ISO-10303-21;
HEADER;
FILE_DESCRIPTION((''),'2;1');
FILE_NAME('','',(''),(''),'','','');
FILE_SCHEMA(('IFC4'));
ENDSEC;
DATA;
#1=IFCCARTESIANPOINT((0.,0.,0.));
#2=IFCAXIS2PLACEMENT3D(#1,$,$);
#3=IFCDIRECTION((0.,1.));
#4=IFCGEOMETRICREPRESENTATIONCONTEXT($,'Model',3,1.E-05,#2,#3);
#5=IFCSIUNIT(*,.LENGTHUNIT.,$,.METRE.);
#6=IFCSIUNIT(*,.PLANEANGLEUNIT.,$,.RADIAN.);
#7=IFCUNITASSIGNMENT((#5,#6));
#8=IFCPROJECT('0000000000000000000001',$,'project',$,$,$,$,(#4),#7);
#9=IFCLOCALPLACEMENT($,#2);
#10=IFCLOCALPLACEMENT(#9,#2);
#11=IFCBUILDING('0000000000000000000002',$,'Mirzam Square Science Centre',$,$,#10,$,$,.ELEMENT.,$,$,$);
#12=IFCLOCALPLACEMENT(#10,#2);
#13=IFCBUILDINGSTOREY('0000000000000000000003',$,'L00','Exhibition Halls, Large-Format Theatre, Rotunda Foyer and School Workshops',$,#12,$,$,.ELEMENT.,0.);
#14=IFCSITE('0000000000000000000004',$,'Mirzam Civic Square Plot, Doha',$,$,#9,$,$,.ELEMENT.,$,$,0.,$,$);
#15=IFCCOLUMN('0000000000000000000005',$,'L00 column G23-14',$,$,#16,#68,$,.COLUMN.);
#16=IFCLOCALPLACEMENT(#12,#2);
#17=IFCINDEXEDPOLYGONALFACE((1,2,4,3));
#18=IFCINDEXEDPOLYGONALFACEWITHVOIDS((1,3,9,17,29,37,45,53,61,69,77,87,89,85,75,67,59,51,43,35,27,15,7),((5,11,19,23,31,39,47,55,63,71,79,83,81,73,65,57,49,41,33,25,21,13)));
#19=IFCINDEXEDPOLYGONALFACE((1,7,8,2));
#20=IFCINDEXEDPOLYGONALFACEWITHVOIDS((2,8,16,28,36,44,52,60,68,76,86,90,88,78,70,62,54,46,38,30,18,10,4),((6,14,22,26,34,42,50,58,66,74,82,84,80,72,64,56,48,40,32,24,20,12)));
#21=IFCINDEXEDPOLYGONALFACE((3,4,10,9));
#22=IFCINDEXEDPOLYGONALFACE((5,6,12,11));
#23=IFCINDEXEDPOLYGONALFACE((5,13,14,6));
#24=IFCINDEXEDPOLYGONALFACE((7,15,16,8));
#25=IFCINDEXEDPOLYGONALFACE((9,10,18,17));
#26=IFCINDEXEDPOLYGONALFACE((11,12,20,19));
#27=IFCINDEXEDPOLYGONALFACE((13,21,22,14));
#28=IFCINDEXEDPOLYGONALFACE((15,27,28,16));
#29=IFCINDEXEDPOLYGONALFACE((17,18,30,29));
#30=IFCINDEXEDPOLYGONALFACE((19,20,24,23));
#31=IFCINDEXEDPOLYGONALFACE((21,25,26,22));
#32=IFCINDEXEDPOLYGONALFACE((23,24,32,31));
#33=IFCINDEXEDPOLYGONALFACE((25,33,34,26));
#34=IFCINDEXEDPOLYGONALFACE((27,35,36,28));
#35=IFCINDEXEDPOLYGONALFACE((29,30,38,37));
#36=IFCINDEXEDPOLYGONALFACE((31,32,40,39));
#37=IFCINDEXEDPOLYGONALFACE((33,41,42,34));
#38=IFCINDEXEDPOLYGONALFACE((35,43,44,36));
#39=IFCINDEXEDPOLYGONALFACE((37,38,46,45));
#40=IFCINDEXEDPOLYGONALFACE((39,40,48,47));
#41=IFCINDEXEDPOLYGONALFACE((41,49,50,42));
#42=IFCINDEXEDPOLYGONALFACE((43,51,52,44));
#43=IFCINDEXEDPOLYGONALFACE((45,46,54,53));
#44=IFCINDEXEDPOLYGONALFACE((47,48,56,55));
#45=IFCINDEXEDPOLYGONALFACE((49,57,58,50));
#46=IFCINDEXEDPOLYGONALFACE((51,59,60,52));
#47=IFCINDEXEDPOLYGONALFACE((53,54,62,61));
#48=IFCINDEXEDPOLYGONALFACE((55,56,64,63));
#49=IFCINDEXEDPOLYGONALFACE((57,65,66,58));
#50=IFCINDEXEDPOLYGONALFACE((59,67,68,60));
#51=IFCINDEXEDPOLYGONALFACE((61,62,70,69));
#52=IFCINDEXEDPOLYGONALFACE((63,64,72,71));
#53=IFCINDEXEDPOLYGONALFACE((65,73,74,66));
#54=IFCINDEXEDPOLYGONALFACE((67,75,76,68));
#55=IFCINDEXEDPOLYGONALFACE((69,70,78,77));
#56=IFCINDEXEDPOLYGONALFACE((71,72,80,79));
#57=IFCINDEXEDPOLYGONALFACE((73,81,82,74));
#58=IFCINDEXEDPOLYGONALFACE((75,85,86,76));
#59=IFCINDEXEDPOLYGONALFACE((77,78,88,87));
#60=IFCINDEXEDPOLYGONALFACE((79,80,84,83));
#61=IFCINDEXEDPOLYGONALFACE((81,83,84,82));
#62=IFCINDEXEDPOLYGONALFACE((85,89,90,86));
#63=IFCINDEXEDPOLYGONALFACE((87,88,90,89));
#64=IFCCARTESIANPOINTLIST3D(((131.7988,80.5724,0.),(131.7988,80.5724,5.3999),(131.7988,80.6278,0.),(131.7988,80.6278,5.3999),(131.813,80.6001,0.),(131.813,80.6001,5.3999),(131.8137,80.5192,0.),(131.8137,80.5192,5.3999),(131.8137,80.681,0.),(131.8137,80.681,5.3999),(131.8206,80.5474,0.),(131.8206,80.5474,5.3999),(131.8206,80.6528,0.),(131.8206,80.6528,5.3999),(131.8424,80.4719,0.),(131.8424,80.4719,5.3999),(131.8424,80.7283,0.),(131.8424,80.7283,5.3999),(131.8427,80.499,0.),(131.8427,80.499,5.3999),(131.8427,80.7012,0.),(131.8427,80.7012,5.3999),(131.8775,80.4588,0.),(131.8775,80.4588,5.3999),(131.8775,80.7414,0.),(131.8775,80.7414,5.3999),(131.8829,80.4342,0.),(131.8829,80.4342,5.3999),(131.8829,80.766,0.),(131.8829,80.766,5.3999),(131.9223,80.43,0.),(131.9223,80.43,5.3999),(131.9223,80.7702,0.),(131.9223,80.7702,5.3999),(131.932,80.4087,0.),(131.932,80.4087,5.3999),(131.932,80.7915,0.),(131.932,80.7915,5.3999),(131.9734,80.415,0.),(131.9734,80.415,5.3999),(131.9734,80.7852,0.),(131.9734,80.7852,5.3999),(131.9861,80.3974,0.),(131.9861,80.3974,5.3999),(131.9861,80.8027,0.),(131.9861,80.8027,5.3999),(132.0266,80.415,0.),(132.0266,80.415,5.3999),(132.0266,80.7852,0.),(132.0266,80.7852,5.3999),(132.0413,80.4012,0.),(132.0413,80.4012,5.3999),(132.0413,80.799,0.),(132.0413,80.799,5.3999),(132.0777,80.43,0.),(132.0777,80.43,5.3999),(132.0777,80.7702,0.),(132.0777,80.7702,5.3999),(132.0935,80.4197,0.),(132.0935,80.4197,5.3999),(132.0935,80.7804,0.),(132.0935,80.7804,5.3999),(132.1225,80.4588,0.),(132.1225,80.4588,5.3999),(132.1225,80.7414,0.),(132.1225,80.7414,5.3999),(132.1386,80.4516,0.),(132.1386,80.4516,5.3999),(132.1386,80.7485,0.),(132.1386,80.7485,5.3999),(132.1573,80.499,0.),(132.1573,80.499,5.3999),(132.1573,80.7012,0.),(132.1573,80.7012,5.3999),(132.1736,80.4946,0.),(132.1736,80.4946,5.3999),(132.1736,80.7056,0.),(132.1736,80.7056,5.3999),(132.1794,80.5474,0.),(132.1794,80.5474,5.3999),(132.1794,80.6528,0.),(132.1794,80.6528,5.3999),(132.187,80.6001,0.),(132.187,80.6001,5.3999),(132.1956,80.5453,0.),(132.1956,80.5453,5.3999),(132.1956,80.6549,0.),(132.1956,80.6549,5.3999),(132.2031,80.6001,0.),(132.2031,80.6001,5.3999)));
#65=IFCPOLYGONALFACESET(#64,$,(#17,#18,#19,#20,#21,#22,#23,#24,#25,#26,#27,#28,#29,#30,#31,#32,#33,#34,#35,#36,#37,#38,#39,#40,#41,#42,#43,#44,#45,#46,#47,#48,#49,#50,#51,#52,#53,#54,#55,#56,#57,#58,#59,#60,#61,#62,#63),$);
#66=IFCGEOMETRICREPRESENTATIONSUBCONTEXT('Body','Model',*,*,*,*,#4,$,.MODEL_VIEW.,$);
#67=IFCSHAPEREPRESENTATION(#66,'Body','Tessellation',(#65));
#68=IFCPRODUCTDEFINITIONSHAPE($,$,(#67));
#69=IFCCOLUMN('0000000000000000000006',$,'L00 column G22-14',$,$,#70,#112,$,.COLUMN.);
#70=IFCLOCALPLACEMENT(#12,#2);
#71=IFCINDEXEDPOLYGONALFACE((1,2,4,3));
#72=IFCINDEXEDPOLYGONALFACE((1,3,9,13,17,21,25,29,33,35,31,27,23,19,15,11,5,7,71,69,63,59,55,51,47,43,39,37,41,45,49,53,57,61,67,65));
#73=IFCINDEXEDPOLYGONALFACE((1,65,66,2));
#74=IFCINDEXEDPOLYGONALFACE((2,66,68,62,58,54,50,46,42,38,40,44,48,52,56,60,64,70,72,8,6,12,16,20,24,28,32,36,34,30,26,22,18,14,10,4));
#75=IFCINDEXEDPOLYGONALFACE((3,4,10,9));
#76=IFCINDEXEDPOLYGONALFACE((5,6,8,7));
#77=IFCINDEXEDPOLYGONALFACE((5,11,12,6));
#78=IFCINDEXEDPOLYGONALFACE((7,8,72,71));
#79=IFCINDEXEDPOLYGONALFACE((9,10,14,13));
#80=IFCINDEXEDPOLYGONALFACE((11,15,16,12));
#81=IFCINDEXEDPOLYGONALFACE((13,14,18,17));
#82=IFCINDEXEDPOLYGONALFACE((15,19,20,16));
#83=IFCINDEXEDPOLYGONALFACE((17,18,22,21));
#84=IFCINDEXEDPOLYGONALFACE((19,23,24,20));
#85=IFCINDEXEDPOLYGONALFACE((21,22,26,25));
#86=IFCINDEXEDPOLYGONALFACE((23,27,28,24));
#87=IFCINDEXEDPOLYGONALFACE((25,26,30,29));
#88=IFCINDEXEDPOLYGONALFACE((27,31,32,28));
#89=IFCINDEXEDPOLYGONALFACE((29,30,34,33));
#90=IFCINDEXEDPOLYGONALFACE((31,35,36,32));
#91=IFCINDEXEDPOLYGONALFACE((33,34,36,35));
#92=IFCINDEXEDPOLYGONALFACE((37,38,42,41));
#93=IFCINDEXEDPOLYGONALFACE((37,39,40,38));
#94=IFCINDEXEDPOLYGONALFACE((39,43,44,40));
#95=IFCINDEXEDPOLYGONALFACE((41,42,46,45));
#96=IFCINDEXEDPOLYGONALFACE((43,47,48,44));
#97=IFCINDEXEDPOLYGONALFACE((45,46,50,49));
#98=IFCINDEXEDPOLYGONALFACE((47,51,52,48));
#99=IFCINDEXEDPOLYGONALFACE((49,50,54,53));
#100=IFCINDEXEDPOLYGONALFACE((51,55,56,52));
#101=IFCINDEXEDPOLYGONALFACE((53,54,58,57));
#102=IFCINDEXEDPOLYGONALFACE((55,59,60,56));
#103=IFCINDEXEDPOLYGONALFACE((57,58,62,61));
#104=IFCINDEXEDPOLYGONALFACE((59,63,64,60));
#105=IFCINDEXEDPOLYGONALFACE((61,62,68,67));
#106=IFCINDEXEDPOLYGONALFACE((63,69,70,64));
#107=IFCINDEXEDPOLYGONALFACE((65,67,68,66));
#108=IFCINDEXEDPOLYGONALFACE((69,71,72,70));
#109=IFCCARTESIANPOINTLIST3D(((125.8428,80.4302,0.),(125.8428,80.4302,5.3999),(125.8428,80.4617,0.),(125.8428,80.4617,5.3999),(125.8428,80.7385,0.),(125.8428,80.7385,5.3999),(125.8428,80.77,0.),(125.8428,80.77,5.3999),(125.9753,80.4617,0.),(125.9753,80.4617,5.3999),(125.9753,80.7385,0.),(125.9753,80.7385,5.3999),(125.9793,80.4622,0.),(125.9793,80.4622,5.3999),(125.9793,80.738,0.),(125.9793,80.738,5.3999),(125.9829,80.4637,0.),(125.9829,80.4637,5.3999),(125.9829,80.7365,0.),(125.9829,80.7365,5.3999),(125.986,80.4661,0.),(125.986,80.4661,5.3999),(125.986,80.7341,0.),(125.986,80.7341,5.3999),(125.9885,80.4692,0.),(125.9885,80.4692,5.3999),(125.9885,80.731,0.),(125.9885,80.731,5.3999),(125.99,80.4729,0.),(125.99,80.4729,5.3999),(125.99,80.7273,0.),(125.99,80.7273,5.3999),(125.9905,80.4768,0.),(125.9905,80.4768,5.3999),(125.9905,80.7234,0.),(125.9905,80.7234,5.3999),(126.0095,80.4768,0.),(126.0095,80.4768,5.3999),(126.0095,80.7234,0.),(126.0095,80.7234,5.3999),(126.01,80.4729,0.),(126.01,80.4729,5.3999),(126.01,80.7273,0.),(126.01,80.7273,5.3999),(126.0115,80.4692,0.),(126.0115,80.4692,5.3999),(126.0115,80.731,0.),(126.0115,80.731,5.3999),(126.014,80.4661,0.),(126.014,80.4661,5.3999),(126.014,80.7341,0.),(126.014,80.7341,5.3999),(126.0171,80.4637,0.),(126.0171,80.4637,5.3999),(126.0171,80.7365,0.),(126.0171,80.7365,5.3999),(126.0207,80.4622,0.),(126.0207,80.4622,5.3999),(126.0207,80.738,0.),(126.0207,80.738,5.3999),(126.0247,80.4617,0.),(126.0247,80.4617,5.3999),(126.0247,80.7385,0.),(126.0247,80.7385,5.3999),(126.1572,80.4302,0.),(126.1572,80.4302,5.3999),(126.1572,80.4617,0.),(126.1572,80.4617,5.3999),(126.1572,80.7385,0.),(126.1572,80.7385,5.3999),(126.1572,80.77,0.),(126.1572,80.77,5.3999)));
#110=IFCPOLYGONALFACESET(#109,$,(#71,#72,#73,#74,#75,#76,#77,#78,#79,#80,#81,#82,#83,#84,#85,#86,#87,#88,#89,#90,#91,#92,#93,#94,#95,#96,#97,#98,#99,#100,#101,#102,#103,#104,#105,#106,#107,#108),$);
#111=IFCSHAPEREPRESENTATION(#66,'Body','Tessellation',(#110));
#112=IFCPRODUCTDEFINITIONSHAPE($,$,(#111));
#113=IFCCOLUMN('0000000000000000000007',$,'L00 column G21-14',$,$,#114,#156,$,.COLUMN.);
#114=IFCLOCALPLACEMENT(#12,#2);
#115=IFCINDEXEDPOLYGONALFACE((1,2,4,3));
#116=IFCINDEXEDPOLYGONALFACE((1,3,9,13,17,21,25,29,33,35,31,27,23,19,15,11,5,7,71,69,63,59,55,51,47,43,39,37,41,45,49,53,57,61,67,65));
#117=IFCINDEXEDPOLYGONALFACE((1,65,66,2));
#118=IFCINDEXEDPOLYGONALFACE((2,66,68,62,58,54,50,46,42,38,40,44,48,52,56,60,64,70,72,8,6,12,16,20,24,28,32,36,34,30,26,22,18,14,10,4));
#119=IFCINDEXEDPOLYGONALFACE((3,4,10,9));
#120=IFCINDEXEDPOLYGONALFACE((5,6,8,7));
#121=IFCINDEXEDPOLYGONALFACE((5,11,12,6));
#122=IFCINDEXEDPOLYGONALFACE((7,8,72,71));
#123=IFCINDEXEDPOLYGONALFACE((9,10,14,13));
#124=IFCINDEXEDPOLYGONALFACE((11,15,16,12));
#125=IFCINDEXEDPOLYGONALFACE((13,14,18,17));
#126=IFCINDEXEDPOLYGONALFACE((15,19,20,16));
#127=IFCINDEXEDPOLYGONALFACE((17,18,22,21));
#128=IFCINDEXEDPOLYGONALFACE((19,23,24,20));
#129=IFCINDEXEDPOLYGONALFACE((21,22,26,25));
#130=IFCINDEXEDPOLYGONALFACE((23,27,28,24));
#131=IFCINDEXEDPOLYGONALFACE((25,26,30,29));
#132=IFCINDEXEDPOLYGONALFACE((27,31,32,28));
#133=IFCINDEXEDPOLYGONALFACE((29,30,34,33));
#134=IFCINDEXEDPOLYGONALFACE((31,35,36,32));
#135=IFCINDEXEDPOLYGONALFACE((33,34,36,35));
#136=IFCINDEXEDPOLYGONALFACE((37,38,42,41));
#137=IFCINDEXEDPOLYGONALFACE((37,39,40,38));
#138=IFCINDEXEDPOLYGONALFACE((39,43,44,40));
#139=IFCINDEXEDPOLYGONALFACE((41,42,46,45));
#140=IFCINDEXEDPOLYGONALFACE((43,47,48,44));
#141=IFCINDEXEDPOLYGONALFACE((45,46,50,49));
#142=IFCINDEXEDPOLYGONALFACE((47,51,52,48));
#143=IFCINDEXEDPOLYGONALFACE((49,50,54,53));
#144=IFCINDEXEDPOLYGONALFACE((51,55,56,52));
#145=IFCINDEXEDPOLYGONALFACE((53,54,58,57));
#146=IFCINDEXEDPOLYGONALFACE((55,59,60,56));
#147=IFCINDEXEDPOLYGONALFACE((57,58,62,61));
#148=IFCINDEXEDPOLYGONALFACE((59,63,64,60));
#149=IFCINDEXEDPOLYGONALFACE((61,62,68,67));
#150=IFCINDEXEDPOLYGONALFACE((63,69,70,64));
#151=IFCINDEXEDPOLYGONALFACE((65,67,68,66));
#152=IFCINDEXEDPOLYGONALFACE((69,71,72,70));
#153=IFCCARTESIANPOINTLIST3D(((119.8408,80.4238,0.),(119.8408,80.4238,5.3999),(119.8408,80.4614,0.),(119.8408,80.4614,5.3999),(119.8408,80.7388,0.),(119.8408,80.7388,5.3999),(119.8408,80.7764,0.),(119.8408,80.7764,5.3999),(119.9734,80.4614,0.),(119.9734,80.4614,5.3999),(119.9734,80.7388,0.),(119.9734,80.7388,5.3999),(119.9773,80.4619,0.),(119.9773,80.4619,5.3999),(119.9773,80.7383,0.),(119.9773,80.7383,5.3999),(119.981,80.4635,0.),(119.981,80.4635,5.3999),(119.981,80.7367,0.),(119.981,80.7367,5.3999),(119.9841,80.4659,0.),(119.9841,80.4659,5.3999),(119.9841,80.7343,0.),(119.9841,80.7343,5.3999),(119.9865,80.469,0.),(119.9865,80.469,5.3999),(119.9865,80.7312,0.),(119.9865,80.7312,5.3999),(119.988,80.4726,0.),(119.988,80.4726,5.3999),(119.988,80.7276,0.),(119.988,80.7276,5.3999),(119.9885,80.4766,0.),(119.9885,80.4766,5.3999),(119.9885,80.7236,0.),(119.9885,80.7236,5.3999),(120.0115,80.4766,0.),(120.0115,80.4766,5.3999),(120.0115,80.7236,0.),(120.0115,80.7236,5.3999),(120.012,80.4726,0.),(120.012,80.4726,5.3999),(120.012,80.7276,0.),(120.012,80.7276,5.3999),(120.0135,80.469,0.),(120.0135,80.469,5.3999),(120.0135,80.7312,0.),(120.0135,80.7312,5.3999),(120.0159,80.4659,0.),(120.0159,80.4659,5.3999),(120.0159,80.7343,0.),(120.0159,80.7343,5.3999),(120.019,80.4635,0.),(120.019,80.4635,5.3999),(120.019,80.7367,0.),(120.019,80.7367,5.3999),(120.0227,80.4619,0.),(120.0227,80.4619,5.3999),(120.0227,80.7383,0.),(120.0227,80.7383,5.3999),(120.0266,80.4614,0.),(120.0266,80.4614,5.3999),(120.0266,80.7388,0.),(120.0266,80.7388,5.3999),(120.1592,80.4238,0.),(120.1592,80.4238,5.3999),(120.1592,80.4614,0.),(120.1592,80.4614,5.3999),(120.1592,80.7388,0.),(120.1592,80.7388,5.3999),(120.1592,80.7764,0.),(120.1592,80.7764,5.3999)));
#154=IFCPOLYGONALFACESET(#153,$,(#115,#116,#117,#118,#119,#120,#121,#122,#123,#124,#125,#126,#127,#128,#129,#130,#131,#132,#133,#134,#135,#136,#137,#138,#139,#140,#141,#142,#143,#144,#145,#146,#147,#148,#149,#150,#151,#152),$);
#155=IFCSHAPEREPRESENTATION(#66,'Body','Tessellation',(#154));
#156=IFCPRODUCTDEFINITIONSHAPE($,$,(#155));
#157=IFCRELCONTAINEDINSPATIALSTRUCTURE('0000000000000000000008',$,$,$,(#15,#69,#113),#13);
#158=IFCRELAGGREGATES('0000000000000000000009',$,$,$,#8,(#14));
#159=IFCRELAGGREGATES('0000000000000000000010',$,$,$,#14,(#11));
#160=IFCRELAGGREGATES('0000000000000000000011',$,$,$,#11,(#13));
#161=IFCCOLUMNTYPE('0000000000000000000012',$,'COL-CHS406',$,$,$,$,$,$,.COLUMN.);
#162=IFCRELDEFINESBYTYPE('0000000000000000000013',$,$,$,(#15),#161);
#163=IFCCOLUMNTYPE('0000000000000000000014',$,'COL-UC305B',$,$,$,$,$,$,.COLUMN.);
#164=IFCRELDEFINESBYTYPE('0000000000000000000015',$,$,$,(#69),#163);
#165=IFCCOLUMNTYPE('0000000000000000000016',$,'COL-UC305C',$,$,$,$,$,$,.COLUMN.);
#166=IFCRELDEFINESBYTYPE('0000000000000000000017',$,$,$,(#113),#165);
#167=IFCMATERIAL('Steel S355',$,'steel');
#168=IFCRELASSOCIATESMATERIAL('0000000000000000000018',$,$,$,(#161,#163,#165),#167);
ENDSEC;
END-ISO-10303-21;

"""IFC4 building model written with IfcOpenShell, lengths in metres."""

from ifc_helpers import new_model, si_unit, direction, frame, origin, origin_2d, place, context, subcontext, project, spatial, hollow_circle, i_section, extrude, material, material_profile, profile_set, type_object, element, save


model = new_model("IFC4")

# Units and contexts
model_context = context("Model", 3, precision=1e-05, world=origin(), true_north=direction((0.0, 1.0)))
body_context = subcontext(model_context, "Body", "Model", "MODEL_VIEW")
ifc_project = project(units=[si_unit("LENGTHUNIT", "METRE"), si_unit("PLANEANGLEUNIT", "RADIAN")], contexts=[model_context])

# Site, building, storey
site_placement = place(None, origin())
site = spatial("IfcSite", under=ifc_project, at=site_placement, Name="Mirzam Civic Square Plot, Doha", CompositionType="ELEMENT", RefElevation=0.0)
building_placement = place(site_placement, origin())
building = spatial("IfcBuilding", under=site, at=building_placement, Name="Mirzam Square Science Centre", CompositionType="ELEMENT")
storey_placement = place(building_placement, origin())
storey = spatial("IfcBuildingStorey", under=building, at=storey_placement, Name="L00", Description="Exhibition Halls, Large-Format Theatre, Rotunda Foyer and School Workshops", CompositionType="ELEMENT", Elevation=0.0)

# Columns
ifc_material_1 = material(Name="Steel S355", Category="steel")
ifc_material_profile_1 = material_profile(ifc_material_1, hollow_circle(Radius=0.2031, WallThickness=0.0161, at=origin_2d()), Name="406.4x16.0CHS")
ifc_profile_set_1 = profile_set([ifc_material_profile_1], Name="Steel S355")
column_type_1 = type_object("IfcColumnType", Name="COL-CHS406", PredefinedType="COLUMN", material=ifc_profile_set_1)
column_1_placement = place(storey_placement, frame((132.0, 80.6001, 0.0), z_axis=(0.0, 0.0, 1.0), x_axis=(1.0, 0.0, 0.0)))
element("IfcColumn", 1, at=column_1_placement, inside=storey, type_object=column_type_1, Name="L00 column G23-14", PredefinedType="COLUMN", context=body_context, shape_type="SweptSolid", body=[
    extrude(hollow_circle(Radius=0.2031, WallThickness=0.0161, at=origin_2d()), origin(), (0.0, 0.0, 1.0), 5.3999),
])
ifc_material_profile_2 = material_profile(ifc_material_1, i_section(OverallWidth=0.3145, OverallDepth=0.3398, WebThickness=0.019, FlangeThickness=0.0315, FilletRadius=0.0151, at=origin_2d()), Name="305x305x198UC")
ifc_profile_set_2 = profile_set([ifc_material_profile_2], Name="Steel S355")
column_type_2 = type_object("IfcColumnType", Name="COL-UC305B", PredefinedType="COLUMN", material=ifc_profile_set_2)
column_2_placement = place(storey_placement, frame((126.0, 80.6001, 0.0), z_axis=(0.0, 0.0, 1.0), x_axis=(1.0, 0.0, 0.0)))
element("IfcColumn", 2, at=column_2_placement, inside=storey, type_object=column_type_2, Name="L00 column G22-14", PredefinedType="COLUMN", context=body_context, shape_type="SweptSolid", body=[
    extrude(i_section(OverallWidth=0.3145, OverallDepth=0.3398, WebThickness=0.019, FlangeThickness=0.0315, FilletRadius=0.0151, at=origin_2d()), origin(), (0.0, 0.0, 1.0), 5.3999),
])
ifc_material_profile_3 = material_profile(ifc_material_1, i_section(OverallWidth=0.3184, OverallDepth=0.3525, WebThickness=0.0229, FlangeThickness=0.0376, FilletRadius=0.0151, at=origin_2d()), Name="305x305x240UC")
ifc_profile_set_3 = profile_set([ifc_material_profile_3], Name="Steel S355")
column_type_3 = type_object("IfcColumnType", Name="COL-UC305C", PredefinedType="COLUMN", material=ifc_profile_set_3)
column_3_placement = place(storey_placement, frame((120.0, 80.6001, 0.0), z_axis=(0.0, 0.0, 1.0), x_axis=(1.0, 0.0, 0.0)))
element("IfcColumn", 3, at=column_3_placement, inside=storey, type_object=column_type_3, Name="L00 column G21-14", PredefinedType="COLUMN", context=body_context, shape_type="SweptSolid", body=[
    extrude(i_section(OverallWidth=0.3184, OverallDepth=0.3525, WebThickness=0.0229, FlangeThickness=0.0376, FilletRadius=0.0151, at=origin_2d()), origin(), (0.0, 0.0, 1.0), 5.3999),
])

save(model, "model.ifc")
